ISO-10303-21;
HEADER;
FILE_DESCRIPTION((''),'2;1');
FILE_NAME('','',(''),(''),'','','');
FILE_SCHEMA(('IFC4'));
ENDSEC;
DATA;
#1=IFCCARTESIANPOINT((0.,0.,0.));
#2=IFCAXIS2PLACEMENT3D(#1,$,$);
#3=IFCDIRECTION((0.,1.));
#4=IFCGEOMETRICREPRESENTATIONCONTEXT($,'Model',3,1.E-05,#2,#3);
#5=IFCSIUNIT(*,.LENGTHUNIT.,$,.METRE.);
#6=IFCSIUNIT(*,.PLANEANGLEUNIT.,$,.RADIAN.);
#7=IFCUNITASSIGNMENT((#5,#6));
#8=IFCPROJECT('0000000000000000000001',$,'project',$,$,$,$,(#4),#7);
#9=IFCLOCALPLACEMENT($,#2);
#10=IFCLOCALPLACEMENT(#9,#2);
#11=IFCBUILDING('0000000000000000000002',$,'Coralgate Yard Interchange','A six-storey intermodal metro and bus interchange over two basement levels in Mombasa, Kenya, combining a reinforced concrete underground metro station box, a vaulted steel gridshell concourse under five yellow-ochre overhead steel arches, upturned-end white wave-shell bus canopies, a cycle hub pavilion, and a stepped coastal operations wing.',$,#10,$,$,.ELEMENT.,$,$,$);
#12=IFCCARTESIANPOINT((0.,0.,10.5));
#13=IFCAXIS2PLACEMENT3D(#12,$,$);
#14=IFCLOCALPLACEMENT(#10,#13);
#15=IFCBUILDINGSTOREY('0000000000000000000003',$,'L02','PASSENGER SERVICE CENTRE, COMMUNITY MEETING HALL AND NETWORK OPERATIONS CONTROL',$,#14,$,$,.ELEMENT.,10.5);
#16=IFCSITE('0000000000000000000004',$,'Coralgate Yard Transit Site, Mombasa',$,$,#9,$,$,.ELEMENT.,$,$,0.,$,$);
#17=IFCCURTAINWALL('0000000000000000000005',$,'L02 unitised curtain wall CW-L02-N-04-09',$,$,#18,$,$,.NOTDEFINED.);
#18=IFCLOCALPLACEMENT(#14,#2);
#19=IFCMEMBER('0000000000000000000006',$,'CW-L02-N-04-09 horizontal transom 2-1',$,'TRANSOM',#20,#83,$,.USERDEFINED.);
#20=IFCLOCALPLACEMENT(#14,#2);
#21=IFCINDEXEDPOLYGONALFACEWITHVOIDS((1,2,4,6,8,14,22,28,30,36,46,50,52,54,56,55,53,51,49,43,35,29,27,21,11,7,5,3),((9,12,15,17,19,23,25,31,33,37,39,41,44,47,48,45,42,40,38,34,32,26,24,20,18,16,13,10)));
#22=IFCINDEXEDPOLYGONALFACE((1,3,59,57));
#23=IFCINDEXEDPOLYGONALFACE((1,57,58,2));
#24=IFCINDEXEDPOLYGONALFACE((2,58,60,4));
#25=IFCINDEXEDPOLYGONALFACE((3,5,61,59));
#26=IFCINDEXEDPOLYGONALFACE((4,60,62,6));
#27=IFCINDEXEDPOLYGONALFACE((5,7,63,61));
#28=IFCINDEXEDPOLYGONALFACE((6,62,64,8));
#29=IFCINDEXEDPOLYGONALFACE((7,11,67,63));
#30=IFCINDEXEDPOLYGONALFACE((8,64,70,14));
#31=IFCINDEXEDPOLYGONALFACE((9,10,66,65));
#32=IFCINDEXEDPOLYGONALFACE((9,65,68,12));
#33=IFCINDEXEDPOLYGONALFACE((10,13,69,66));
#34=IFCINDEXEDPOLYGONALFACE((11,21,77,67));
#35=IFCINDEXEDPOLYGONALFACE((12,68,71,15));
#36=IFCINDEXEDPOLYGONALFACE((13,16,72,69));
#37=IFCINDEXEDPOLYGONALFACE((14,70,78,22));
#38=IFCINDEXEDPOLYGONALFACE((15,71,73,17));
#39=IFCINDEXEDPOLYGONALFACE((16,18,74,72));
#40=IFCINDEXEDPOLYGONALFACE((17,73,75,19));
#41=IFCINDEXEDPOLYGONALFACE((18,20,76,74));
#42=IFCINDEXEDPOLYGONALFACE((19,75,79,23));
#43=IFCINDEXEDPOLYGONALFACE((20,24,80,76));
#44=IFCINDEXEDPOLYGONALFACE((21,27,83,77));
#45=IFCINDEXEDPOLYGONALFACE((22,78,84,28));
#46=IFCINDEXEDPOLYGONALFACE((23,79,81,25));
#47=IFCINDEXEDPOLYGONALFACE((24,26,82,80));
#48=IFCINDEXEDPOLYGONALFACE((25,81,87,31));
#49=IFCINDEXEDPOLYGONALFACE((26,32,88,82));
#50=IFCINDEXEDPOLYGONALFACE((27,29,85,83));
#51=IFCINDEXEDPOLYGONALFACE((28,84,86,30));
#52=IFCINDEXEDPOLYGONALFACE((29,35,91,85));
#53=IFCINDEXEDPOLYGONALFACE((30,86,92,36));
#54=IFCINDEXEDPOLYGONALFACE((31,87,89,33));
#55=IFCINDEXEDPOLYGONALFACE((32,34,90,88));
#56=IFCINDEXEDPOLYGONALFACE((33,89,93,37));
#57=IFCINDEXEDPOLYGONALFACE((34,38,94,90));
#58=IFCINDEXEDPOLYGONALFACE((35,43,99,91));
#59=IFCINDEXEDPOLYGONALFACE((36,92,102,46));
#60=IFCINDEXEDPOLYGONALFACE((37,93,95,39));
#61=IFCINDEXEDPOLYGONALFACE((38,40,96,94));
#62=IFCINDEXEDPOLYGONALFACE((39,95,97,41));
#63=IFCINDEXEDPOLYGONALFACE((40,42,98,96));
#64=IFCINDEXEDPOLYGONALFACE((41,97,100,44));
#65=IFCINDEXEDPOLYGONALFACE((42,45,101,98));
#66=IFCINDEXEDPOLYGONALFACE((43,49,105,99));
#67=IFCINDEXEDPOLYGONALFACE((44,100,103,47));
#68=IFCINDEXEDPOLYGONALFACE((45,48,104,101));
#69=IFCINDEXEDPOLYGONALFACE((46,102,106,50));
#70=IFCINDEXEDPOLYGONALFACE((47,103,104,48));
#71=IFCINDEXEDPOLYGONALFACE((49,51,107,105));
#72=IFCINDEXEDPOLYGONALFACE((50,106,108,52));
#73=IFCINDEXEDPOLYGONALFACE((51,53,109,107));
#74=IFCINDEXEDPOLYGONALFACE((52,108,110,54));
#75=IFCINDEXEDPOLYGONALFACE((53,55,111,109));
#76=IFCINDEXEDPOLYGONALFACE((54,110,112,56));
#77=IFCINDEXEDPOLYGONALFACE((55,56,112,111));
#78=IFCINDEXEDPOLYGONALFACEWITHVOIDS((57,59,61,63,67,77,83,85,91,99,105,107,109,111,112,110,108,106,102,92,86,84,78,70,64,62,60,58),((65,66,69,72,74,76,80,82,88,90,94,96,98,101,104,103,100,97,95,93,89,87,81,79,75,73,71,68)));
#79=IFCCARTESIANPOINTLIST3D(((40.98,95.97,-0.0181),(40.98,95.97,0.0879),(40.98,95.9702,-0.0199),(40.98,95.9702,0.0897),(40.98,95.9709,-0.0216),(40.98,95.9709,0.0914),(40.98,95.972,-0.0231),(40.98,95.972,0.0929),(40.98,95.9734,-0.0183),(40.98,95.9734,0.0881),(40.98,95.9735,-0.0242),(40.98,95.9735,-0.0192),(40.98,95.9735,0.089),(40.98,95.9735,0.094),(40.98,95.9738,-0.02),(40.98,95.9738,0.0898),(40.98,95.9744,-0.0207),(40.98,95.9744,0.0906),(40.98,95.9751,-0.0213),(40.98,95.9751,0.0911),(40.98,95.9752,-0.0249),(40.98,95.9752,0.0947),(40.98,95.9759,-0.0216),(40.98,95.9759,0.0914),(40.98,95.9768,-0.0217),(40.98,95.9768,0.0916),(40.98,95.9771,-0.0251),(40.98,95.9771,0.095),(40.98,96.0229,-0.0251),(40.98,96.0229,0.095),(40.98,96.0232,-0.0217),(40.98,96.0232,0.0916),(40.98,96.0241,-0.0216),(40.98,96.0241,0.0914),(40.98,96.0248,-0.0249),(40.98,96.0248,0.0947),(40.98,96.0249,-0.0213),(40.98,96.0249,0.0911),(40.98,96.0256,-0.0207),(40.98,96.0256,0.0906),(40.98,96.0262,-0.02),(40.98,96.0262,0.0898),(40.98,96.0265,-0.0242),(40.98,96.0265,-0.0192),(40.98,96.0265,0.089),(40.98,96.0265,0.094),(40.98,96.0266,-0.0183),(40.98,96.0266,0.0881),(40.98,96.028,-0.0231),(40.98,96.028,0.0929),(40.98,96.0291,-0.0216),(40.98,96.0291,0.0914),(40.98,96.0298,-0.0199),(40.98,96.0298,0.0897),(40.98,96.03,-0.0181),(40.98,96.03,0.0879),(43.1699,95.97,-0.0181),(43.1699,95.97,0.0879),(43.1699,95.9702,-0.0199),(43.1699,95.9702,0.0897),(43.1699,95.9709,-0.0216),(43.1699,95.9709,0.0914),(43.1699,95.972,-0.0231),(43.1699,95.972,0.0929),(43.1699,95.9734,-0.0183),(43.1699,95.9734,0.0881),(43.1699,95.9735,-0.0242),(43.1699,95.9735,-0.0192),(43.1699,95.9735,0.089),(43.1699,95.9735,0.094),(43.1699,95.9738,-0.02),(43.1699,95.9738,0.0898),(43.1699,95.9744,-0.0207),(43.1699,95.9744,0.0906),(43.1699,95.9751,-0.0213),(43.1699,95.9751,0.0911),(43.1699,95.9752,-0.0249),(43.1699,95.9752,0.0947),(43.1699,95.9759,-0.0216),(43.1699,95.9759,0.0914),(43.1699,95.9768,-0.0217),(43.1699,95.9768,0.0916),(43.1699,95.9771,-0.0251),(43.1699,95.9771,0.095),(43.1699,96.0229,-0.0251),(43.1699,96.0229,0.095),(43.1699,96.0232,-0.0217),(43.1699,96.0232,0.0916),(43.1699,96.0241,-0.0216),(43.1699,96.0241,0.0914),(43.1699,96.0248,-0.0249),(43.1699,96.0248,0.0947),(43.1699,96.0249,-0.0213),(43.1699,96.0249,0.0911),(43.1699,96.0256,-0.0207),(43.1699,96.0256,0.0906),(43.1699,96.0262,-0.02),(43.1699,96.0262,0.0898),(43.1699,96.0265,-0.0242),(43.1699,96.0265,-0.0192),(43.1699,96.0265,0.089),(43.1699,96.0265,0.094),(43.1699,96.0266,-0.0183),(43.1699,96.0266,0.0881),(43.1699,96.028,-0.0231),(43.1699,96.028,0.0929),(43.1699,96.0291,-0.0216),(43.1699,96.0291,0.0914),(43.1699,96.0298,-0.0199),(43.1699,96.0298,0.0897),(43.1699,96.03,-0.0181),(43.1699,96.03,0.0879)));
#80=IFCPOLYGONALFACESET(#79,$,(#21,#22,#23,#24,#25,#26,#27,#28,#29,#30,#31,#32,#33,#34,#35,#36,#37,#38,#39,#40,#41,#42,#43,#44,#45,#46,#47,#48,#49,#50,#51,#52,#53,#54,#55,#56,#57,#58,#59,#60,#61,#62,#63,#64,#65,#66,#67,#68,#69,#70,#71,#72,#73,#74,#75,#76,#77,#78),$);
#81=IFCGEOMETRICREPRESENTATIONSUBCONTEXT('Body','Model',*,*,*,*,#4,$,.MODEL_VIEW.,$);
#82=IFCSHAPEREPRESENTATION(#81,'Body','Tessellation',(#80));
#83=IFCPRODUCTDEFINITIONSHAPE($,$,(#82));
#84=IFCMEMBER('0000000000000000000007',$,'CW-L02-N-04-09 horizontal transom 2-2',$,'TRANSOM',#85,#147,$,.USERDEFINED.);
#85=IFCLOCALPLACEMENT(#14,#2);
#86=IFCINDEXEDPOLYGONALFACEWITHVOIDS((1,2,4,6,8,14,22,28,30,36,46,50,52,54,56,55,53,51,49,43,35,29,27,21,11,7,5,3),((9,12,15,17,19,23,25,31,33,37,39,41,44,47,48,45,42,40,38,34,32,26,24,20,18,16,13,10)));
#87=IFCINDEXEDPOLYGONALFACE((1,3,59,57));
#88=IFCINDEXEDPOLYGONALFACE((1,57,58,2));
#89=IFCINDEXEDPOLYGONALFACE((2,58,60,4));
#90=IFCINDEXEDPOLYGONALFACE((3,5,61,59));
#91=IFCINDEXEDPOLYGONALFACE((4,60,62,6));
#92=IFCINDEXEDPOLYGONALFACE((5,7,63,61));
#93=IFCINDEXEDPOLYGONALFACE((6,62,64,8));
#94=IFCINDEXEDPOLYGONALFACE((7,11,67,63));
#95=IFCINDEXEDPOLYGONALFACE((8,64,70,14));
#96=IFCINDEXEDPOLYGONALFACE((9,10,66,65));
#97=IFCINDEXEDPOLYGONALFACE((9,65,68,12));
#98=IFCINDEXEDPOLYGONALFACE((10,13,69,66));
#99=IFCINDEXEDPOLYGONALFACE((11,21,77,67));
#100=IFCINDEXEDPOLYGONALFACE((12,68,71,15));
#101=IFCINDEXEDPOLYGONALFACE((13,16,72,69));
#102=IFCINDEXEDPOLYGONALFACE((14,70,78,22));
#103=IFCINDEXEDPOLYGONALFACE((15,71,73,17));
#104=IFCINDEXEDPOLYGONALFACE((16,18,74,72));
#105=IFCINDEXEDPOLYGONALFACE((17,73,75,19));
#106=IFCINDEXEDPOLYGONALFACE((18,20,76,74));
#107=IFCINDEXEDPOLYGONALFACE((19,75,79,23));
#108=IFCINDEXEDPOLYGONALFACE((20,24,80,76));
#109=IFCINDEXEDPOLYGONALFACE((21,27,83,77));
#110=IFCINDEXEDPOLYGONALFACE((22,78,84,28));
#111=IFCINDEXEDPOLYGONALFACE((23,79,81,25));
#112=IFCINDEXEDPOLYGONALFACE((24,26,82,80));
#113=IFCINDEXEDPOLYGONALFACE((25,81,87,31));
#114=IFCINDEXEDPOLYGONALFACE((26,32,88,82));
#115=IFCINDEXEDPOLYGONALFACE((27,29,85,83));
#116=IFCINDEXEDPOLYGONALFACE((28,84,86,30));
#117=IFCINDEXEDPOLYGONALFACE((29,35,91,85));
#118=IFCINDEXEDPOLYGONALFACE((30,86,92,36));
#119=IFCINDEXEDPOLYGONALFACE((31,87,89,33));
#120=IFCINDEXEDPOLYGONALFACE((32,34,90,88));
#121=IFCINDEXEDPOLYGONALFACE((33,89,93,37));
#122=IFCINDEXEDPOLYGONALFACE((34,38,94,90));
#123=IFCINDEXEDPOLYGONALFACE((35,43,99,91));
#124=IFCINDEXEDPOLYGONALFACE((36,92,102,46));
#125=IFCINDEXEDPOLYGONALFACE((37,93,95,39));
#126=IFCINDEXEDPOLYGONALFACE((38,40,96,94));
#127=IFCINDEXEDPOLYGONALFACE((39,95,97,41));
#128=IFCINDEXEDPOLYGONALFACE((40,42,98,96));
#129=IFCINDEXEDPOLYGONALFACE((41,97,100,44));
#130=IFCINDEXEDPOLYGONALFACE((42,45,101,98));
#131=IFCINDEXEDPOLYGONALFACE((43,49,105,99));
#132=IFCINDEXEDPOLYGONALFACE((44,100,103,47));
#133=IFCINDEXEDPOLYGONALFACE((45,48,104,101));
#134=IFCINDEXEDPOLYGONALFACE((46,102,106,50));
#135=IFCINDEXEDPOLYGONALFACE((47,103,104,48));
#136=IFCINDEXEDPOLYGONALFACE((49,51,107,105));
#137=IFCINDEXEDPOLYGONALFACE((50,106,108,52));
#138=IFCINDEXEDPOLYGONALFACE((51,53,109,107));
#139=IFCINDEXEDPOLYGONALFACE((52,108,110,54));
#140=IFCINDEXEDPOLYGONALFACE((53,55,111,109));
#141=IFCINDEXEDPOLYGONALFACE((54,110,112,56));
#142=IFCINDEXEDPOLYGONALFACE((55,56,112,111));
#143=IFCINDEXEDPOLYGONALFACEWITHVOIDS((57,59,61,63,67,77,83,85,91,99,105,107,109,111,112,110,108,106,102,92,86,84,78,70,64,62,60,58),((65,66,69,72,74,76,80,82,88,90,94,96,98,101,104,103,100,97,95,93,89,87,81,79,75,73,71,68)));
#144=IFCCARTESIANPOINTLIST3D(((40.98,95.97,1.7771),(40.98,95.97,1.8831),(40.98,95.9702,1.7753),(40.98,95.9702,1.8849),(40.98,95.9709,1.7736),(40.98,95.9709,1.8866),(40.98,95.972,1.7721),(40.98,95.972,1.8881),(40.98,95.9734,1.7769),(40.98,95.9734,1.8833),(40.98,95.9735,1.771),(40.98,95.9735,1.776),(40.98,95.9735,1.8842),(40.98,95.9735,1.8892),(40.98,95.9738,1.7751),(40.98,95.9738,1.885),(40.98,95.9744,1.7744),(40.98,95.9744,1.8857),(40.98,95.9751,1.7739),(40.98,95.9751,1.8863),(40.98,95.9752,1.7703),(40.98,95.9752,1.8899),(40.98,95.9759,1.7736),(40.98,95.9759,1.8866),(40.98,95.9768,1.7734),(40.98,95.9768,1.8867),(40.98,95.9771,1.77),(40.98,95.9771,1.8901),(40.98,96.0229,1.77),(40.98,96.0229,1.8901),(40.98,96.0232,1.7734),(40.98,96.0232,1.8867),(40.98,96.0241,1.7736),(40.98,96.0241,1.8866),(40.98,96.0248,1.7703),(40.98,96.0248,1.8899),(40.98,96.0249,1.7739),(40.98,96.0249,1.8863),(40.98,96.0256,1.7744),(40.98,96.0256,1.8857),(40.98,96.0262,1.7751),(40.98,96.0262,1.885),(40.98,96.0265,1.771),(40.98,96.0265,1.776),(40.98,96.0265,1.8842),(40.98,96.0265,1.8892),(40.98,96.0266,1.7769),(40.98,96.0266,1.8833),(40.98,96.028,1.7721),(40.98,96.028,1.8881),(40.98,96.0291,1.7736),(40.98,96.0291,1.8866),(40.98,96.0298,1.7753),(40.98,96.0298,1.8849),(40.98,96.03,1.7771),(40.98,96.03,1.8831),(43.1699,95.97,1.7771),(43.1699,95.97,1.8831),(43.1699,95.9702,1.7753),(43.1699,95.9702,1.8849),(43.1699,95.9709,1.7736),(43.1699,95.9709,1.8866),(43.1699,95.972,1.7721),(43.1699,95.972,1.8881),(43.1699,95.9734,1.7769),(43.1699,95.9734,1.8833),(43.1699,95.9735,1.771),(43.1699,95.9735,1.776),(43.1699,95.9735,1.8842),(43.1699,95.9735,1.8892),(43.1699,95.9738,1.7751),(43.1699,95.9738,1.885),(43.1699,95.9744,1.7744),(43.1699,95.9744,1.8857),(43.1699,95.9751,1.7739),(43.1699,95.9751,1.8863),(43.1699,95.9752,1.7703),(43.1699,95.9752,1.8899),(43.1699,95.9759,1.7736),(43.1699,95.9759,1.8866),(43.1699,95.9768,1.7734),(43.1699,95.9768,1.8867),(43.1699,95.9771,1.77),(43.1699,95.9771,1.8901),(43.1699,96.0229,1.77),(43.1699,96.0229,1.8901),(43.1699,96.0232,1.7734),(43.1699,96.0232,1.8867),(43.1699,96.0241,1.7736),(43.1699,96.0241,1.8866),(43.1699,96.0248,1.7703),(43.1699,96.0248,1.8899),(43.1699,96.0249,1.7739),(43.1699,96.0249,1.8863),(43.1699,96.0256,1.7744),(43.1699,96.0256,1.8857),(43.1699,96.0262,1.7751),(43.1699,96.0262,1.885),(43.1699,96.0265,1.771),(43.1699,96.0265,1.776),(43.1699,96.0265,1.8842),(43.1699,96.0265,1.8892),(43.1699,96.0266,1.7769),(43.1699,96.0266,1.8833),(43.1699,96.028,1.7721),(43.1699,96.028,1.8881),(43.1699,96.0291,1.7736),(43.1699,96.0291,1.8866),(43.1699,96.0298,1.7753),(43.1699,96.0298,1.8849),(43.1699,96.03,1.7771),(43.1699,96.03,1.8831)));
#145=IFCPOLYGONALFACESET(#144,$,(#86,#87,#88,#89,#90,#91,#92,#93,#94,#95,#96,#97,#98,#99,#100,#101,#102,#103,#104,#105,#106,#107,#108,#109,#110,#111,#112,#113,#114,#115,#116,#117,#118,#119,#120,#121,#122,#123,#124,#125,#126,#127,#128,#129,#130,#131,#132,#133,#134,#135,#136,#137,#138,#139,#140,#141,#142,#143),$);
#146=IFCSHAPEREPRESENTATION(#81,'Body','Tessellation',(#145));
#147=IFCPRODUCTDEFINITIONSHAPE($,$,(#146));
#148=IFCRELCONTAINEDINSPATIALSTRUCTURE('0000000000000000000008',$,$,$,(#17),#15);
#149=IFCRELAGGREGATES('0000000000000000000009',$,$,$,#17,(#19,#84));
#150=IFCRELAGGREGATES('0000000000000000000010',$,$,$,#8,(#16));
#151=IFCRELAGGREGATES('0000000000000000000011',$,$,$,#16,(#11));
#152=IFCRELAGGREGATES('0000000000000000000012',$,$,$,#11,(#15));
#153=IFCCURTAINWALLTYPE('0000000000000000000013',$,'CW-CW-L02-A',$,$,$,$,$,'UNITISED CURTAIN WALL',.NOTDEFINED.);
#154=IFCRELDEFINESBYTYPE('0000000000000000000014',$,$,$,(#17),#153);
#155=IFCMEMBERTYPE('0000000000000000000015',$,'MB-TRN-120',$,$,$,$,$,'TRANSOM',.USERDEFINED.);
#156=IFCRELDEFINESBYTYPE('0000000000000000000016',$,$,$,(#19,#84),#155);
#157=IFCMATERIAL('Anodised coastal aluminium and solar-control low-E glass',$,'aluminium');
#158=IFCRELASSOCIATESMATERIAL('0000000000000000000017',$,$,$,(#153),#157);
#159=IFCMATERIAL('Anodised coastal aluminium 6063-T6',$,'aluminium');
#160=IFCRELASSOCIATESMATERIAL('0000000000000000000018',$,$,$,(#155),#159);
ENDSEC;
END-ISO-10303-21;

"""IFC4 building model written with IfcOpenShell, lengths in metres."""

from ifc_helpers import new_model, si_unit, direction, frame, origin, origin_2d, place, context, subcontext, project, spatial, hollow_rectangle, extrude, material, material_profile, profile_set, type_object, element, aggregate, save


model = new_model("IFC4")

# Units and contexts
model_context = context("Model", 3, precision=1e-05, world=origin(), true_north=direction((0.0, 1.0)))
body_context = subcontext(model_context, "Body", "Model", "MODEL_VIEW")
ifc_project = project(units=[si_unit("LENGTHUNIT", "METRE"), si_unit("PLANEANGLEUNIT", "RADIAN")], contexts=[model_context])

# Site, building, storey
site_placement = place(None, origin())
site = spatial("IfcSite", under=ifc_project, at=site_placement, Name="Coralgate Yard Transit Site, Mombasa", CompositionType="ELEMENT", RefElevation=0.0)
building_placement = place(site_placement, origin())
building = spatial("IfcBuilding", under=site, at=building_placement, Name="Coralgate Yard Interchange", Description="A six-storey intermodal metro and bus interchange over two basement levels in Mombasa, Kenya, combining a reinforced concrete underground metro station box, a vaulted steel gridshell concourse under five yellow-ochre overhead steel arches, upturned-end white wave-shell bus canopies, a cycle hub pavilion, and a stepped coastal operations wing.", CompositionType="ELEMENT")
storey_placement = place(building_placement, frame((0.0, 0.0, 10.5)))
storey = spatial("IfcBuildingStorey", under=building, at=storey_placement, Name="L02", Description="PASSENGER SERVICE CENTRE, COMMUNITY MEETING HALL AND NETWORK OPERATIONS CONTROL", CompositionType="ELEMENT", Elevation=10.5)

# Curtain wall, members
ifc_material_1 = material(Name="Anodised coastal aluminium and solar-control low-E glass", Category="aluminium")
curtain_wall_type = type_object("IfcCurtainWallType", Name="CW-CW-L02-A", ElementType="UNITISED CURTAIN WALL", PredefinedType="NOTDEFINED", material=ifc_material_1)
curtain_wall_placement = place(storey_placement, origin())
curtain_wall = element("IfcCurtainWall", 1, at=curtain_wall_placement, inside=storey, type_object=curtain_wall_type, Name="L02 unitised curtain wall CW-L02-N-04-09", PredefinedType="NOTDEFINED")
ifc_material_2 = material(Name="Anodised coastal aluminium 6063-T6", Category="aluminium")
ifc_material_profile_1 = material_profile(ifc_material_2, hollow_rectangle(XDim=0.0601, YDim=0.1201, WallThickness=0.0034, InnerFilletRadius=0.0034, OuterFilletRadius=0.0071, at=origin_2d()), Name="ALU 60x120x3.5")
ifc_profile_set_1 = profile_set([ifc_material_profile_1], Name="Anodised coastal aluminium 6063-T6")
member_type_1 = type_object("IfcMemberType", Name="MB-TRN-120", ElementType="TRANSOM", PredefinedType="USERDEFINED", material=ifc_profile_set_1)
member_1_placement = place(storey_placement, frame((40.98, 96.0, 0.0349), z_axis=(1.0, 0.0, 0.0), x_axis=(0.0, 1.0, 0.0)))
member_1 = element("IfcMember", 2, at=member_1_placement, type_object=member_type_1, Name="CW-L02-N-04-09 horizontal transom 2-1", ObjectType="TRANSOM", PredefinedType="USERDEFINED", context=body_context, shape_type="SweptSolid", body=[
    extrude(hollow_rectangle(XDim=0.0601, YDim=0.1201, WallThickness=0.0034, InnerFilletRadius=0.0034, OuterFilletRadius=0.0071, at=origin_2d()), origin(), (0.0, 0.0, 1.0), 2.1899),
])
member_2_placement = place(storey_placement, frame((40.98, 96.0, 1.8301), z_axis=(1.0, 0.0, 0.0), x_axis=(0.0, 1.0, 0.0)))
member_2 = element("IfcMember", 3, at=member_2_placement, type_object=member_type_1, Name="CW-L02-N-04-09 horizontal transom 2-2", ObjectType="TRANSOM", PredefinedType="USERDEFINED", context=body_context, shape_type="SweptSolid", body=[
    extrude(hollow_rectangle(XDim=0.0601, YDim=0.1201, WallThickness=0.0034, InnerFilletRadius=0.0034, OuterFilletRadius=0.0071, at=origin_2d()), origin(), (0.0, 0.0, 1.0), 2.1899),
])
aggregate(curtain_wall, [member_1, member_2])

save(model, "model.ifc")
